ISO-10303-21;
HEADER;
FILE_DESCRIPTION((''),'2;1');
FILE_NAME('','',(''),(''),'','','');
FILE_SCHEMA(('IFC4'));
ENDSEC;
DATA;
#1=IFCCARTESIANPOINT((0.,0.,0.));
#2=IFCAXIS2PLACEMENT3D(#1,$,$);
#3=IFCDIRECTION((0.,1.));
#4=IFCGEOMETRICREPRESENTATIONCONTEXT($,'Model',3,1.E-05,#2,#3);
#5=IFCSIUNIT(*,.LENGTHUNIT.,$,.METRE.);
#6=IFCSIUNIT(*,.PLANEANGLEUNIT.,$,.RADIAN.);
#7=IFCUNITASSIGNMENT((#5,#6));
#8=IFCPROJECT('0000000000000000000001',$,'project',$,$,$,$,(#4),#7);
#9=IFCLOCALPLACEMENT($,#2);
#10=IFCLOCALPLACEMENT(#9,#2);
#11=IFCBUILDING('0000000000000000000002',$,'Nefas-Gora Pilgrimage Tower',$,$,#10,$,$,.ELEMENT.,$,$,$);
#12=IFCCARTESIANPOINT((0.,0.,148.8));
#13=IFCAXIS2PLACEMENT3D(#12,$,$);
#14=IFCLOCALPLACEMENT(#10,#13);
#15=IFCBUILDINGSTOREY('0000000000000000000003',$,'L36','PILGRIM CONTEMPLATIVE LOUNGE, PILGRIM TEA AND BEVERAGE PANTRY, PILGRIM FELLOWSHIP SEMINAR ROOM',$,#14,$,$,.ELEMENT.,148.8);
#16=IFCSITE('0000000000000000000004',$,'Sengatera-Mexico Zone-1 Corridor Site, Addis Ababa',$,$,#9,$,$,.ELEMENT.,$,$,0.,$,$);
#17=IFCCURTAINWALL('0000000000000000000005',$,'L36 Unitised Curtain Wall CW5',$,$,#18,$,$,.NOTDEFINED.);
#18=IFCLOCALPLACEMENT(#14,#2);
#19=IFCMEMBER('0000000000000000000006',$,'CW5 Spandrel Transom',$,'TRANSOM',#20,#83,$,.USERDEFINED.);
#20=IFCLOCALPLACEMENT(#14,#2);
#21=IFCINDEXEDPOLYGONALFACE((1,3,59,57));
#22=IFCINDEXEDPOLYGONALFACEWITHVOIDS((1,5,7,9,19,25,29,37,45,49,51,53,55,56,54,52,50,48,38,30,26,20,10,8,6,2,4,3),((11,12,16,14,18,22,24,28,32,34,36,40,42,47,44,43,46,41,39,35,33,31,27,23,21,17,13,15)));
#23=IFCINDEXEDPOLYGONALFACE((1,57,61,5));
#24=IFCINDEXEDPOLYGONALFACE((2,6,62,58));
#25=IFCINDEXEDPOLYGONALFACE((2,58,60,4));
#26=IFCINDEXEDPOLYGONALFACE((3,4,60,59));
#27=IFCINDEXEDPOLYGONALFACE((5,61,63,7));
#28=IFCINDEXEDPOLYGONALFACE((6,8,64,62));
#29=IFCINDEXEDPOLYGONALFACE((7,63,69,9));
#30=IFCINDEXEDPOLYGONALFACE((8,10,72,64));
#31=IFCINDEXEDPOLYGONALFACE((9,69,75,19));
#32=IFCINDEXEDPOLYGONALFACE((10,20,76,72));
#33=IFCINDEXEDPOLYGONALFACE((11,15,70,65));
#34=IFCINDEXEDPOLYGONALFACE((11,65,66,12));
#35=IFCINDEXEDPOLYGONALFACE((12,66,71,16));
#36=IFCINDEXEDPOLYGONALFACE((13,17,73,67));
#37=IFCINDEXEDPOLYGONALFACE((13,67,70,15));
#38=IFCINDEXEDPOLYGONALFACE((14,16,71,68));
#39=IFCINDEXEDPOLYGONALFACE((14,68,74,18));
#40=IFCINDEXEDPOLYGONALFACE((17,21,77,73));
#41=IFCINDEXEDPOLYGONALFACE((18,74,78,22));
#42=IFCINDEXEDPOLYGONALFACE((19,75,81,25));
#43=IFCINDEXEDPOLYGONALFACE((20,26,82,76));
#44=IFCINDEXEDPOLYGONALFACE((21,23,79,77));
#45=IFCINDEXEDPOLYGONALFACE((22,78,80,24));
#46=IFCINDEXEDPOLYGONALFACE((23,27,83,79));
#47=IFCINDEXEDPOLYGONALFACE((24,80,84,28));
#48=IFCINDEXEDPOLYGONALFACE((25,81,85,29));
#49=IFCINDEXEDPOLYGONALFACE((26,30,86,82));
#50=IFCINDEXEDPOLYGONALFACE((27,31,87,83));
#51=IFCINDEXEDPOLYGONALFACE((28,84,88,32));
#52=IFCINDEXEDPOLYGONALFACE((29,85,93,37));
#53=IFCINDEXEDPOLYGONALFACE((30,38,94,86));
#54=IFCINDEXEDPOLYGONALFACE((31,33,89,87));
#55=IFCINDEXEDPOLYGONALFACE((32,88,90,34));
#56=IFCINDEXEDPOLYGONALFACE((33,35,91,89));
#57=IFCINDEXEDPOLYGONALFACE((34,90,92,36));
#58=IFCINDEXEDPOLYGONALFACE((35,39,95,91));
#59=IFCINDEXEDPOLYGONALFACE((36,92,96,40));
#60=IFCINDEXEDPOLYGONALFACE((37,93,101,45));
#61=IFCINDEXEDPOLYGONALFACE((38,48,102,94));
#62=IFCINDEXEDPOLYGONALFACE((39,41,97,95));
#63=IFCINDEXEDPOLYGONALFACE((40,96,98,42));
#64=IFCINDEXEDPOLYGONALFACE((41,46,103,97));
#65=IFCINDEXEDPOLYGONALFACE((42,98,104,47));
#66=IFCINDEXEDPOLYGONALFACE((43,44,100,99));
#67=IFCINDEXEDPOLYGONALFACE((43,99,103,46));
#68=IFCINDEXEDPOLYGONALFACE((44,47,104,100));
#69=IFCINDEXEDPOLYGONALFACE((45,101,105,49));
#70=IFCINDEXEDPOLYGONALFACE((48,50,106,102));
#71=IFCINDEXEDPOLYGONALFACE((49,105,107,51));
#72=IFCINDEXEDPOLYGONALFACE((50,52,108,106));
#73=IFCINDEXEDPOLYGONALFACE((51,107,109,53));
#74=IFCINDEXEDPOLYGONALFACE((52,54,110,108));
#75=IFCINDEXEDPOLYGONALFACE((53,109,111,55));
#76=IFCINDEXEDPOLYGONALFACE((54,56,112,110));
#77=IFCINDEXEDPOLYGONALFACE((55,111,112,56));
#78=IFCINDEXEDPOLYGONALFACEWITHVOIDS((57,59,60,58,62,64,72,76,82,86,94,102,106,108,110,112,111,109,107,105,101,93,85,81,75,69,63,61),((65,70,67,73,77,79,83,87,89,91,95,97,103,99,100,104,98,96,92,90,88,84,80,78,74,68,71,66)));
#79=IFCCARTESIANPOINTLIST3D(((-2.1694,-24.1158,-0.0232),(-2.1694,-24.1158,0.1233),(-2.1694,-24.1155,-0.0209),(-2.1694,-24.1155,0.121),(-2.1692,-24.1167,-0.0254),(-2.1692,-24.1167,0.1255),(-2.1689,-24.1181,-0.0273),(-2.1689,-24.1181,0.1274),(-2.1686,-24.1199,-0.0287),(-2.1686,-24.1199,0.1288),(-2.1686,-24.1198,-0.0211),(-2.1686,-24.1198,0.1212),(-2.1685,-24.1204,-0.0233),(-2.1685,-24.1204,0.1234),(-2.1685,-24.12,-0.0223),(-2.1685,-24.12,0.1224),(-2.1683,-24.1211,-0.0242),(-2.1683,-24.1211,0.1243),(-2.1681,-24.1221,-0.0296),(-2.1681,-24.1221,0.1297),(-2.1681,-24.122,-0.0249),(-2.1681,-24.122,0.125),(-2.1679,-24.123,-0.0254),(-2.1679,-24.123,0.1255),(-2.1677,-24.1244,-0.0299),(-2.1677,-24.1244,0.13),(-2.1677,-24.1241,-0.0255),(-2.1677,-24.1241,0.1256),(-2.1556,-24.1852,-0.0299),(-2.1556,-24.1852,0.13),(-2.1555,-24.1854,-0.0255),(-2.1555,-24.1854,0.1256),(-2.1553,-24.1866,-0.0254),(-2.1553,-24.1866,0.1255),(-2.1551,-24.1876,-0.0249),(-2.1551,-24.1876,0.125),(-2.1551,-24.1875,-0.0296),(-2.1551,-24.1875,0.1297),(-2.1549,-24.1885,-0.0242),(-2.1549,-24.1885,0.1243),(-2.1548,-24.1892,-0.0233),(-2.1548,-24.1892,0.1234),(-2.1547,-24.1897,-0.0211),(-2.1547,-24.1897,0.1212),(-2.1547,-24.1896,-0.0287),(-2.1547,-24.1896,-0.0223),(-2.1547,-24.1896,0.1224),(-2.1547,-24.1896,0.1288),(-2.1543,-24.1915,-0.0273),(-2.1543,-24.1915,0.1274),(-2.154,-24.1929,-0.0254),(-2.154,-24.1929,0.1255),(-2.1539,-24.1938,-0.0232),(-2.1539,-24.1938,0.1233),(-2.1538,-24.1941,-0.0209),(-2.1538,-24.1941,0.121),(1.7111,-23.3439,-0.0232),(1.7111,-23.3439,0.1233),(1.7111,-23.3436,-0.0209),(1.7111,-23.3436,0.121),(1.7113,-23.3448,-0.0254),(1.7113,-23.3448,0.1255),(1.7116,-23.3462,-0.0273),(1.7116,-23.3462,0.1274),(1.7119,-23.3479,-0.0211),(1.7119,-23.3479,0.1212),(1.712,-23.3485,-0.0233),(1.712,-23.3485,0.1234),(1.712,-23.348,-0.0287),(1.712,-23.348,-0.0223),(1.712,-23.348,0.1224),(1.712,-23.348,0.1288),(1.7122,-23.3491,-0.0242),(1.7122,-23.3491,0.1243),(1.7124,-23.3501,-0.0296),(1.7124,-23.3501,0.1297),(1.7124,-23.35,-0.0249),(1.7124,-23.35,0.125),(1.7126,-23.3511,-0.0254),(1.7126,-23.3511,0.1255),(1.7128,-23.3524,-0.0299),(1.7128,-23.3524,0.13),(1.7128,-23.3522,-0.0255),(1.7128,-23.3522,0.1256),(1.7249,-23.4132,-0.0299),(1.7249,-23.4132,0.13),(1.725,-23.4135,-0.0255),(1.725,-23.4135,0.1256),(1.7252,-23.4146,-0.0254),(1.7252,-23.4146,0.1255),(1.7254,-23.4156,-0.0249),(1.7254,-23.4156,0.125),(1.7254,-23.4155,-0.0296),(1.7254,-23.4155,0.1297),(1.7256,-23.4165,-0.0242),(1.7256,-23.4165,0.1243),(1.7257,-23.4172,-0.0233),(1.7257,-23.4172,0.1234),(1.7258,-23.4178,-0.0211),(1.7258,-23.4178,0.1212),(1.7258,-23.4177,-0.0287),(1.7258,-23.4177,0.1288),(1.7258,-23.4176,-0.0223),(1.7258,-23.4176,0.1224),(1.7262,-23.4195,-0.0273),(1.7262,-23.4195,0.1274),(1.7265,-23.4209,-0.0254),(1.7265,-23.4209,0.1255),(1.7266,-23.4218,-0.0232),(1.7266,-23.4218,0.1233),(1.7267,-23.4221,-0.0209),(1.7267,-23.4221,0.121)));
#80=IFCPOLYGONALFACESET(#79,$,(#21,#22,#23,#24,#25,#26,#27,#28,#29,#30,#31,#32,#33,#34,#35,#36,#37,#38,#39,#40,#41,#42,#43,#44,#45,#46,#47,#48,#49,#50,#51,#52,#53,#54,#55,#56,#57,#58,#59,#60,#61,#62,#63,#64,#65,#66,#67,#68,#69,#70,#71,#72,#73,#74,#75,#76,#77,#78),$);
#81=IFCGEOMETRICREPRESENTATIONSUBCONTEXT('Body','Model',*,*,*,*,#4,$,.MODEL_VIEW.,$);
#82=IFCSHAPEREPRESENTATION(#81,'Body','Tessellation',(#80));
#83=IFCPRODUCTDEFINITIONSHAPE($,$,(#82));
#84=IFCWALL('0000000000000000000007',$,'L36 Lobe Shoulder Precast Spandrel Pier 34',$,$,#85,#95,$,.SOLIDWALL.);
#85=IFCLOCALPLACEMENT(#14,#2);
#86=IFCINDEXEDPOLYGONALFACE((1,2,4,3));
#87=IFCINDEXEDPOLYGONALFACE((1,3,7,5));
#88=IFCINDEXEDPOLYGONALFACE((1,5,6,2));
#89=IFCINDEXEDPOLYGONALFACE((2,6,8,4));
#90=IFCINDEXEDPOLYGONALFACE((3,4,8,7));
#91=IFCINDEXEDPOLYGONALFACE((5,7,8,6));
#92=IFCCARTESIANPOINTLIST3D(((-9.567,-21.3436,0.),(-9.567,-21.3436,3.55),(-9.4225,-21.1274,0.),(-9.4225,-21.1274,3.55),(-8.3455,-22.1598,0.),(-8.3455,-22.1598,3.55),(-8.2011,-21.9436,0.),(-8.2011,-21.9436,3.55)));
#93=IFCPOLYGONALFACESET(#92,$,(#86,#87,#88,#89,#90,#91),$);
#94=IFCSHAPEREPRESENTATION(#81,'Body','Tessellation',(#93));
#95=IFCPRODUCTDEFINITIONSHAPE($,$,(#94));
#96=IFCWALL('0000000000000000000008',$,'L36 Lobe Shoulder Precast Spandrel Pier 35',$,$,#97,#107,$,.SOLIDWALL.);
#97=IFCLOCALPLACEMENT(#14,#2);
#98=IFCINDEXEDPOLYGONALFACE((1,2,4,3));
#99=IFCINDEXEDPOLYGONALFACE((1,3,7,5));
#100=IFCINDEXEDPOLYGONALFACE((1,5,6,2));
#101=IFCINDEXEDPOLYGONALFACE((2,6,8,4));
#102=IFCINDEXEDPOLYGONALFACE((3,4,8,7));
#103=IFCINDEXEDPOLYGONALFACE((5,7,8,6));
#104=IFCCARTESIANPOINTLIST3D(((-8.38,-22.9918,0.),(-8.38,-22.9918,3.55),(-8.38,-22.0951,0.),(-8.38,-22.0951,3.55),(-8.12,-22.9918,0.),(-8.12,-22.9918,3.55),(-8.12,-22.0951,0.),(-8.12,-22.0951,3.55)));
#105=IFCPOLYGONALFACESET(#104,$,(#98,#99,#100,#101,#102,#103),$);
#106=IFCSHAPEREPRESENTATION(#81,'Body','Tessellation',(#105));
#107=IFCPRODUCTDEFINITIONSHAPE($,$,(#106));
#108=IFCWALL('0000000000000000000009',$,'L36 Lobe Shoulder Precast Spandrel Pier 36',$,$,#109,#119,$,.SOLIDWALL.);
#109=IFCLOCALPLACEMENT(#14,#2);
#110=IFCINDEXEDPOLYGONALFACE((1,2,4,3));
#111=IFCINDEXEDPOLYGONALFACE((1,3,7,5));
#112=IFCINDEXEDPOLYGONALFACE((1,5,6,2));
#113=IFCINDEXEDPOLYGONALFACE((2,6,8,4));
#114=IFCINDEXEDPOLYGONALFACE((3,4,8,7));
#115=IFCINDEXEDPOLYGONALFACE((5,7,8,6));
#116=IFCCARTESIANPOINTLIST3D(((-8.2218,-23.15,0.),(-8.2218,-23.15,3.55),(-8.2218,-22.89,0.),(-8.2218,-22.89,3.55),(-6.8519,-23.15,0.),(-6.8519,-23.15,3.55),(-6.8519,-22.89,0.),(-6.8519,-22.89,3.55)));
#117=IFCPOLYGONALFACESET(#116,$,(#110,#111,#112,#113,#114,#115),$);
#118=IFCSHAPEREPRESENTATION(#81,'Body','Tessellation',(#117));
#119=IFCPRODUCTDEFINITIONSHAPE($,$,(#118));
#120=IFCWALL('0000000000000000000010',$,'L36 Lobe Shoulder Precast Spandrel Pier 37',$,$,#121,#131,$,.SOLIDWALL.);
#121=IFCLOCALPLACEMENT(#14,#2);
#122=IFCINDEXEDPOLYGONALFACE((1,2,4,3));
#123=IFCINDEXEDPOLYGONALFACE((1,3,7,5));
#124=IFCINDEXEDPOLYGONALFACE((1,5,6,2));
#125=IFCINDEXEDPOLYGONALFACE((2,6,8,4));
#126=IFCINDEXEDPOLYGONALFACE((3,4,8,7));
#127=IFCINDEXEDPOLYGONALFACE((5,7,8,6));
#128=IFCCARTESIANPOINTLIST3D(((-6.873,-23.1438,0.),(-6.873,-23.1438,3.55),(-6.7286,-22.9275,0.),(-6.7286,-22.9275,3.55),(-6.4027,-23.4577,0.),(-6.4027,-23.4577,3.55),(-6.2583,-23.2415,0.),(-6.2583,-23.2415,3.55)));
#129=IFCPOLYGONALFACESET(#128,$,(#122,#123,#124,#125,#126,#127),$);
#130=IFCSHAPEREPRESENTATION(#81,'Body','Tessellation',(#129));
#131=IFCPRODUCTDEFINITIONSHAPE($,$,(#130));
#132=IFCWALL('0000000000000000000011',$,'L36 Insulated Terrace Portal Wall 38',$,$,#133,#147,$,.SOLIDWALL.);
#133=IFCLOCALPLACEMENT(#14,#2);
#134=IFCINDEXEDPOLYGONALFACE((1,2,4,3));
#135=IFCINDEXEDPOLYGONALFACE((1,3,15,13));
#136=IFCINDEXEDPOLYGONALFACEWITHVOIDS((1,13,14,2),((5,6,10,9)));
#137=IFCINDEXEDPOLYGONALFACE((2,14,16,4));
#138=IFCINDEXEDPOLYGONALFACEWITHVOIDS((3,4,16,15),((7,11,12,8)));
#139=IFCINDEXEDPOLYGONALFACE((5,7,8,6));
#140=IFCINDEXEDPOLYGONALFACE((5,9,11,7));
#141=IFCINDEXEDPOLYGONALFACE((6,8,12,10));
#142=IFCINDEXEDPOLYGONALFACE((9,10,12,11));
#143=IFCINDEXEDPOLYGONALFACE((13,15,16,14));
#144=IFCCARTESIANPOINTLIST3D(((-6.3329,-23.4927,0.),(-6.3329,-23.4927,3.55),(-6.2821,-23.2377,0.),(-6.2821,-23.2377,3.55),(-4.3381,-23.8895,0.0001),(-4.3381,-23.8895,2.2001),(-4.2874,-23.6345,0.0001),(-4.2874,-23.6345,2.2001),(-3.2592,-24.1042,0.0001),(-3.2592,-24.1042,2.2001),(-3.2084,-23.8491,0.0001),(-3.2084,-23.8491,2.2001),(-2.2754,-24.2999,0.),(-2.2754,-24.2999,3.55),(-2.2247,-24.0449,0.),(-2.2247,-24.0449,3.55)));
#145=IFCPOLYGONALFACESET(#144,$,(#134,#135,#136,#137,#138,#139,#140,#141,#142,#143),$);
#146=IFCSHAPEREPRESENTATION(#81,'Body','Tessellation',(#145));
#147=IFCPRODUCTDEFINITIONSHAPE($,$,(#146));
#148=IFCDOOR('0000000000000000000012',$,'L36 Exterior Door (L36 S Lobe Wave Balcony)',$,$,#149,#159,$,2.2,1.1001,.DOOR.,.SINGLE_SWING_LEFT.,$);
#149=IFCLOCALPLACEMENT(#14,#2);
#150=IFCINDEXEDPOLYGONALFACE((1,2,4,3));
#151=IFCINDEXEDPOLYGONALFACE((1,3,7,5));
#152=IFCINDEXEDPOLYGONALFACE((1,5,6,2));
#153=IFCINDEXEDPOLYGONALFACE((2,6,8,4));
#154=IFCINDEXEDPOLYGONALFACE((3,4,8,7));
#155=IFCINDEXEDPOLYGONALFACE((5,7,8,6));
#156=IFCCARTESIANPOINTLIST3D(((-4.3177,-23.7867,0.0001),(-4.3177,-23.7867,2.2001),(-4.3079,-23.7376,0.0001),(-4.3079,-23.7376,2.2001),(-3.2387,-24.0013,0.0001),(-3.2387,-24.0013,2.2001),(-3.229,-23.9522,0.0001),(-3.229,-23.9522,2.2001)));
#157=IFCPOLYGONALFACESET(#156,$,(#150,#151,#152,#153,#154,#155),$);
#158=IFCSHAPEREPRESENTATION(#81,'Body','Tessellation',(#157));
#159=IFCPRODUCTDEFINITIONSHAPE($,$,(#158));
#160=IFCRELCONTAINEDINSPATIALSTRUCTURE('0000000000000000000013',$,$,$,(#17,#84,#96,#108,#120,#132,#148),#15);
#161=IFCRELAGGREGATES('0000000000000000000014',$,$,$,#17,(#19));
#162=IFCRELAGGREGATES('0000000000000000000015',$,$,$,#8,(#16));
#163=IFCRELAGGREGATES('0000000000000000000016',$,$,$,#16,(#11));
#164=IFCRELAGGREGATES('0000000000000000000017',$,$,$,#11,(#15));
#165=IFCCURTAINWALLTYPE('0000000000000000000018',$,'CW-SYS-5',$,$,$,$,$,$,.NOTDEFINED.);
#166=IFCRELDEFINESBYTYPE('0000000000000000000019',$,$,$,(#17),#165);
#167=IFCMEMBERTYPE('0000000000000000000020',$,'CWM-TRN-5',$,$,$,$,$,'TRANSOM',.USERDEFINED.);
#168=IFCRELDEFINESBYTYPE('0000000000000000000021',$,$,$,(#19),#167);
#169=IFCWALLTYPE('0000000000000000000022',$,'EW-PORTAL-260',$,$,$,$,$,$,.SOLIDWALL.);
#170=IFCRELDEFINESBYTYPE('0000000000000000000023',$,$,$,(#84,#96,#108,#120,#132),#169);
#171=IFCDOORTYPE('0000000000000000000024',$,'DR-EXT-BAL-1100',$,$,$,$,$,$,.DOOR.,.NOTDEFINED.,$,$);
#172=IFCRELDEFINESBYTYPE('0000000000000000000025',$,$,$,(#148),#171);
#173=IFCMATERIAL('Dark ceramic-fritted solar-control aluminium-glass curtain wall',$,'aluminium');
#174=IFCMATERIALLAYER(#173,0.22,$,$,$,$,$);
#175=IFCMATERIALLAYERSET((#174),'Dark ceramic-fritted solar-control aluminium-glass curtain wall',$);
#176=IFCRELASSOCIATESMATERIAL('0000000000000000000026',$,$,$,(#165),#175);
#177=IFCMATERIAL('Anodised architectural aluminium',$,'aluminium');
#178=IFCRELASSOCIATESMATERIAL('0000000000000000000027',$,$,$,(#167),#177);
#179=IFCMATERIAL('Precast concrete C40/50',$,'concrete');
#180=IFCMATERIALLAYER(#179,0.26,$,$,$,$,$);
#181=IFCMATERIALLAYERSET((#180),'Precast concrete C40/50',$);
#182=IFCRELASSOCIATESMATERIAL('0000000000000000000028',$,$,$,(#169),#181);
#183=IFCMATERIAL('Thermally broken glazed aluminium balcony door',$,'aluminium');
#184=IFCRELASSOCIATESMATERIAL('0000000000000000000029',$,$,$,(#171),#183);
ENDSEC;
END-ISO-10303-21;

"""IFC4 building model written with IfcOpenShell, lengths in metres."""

from ifc_helpers import new_model, si_unit, direction, frame, frame_2d, origin, origin_2d, place, context, subcontext, project, spatial, rectangle, hollow_rectangle, extrude, source, transform, mapped, material, layer, layer_set, material_profile, profile_set, type_object, element, fill, aggregate, save


model = new_model("IFC4")

# Units and contexts
model_context = context("Model", 3, precision=1e-05, world=origin(), true_north=direction((0.0, 1.0)))
body_context = subcontext(model_context, "Body", "Model", "MODEL_VIEW")
ifc_project = project(units=[si_unit("LENGTHUNIT", "METRE"), si_unit("PLANEANGLEUNIT", "RADIAN")], contexts=[model_context])

# Site, building, storey
site_placement = place(None, origin())
site = spatial("IfcSite", under=ifc_project, at=site_placement, Name="Sengatera-Mexico Zone-1 Corridor Site, Addis Ababa", CompositionType="ELEMENT", RefElevation=0.0)
building_placement = place(site_placement, origin())
building = spatial("IfcBuilding", under=site, at=building_placement, Name="Nefas-Gora Pilgrimage Tower", CompositionType="ELEMENT")
storey_placement = place(building_placement, frame((0.0, 0.0, 148.8)))
storey = spatial("IfcBuildingStorey", under=building, at=storey_placement, Name="L36", Description="PILGRIM CONTEMPLATIVE LOUNGE, PILGRIM TEA AND BEVERAGE PANTRY, PILGRIM FELLOWSHIP SEMINAR ROOM", CompositionType="ELEMENT", Elevation=148.8)

# Shared definitions
ifc_material_1 = material(Name="Dark ceramic-fritted solar-control aluminium-glass curtain wall", Category="aluminium")
ifc_layer_1 = layer(ifc_material_1, 0.22)
ifc_layer_set_1 = layer_set([ifc_layer_1], Name="Dark ceramic-fritted solar-control aluminium-glass curtain wall")
curtain_wall_type = type_object("IfcCurtainWallType", Name="CW-SYS-5", PredefinedType="NOTDEFINED", material=ifc_layer_set_1)
ifc_material_2 = material(Name="Anodised architectural aluminium", Category="aluminium")

# Curtain wall, member
curtain_wall_1_placement = place(storey_placement, origin())
curtain_wall_1 = element("IfcCurtainWall", 1, at=curtain_wall_1_placement, inside=storey, type_object=curtain_wall_type, Name="L36 Unitised Curtain Wall CW5", PredefinedType="NOTDEFINED")
ifc_material_profile_1 = material_profile(ifc_material_2, hollow_rectangle(XDim=0.0801, YDim=0.1599, WallThickness=0.0044, InnerFilletRadius=0.0044, OuterFilletRadius=0.009, at=origin_2d()), Name="ALU TRANSOM 80x160")
ifc_profile_set_1 = profile_set([ifc_material_profile_1], Name="Anodised architectural aluminium")
member_type_1 = type_object("IfcMemberType", Name="CWM-TRN-5", ElementType="TRANSOM", PredefinedType="USERDEFINED", material=ifc_profile_set_1)
shared_shape_1 = source(origin(), body_context, "Body", "SweptSolid", [
    extrude(hollow_rectangle(XDim=0.0801, YDim=0.1599, WallThickness=0.0044, InnerFilletRadius=0.0044, OuterFilletRadius=0.009, at=origin_2d()), origin(), (0.0, 0.0, 1.0), 3.9565),
])
member_1_placement = place(storey_placement, frame((-2.1616, -24.1548, 0.05), z_axis=(0.980782, 0.195107, 0.0), x_axis=(-0.195107, 0.980782, 0.0)))
member_1 = element("IfcMember", 2, at=member_1_placement, type_object=member_type_1, Name="CW5 Spandrel Transom", ObjectType="TRANSOM", PredefinedType="USERDEFINED", context=body_context, shape_type="MappedRepresentation", body=[
    mapped(shared_shape_1, transform((0.0, 0.0, 0.0), x_axis=(1.0, 0.0, 0.0), y_axis=(0.0, 1.0, 0.0), z_axis=(0.0, 0.0, 1.0), scale=1.0)),
])
aggregate(curtain_wall_1, [member_1])

# Walls
ifc_material_3 = material(Name="Precast concrete C40/50", Category="concrete")
ifc_layer_2 = layer(ifc_material_3, 0.26)
ifc_layer_set_2 = layer_set([ifc_layer_2], Name="Precast concrete C40/50")
wall_type_1 = type_object("IfcWallType", Name="EW-PORTAL-260", PredefinedType="SOLIDWALL", material=ifc_layer_set_2)
shared_shape_2 = source(origin(), body_context, "Body", "SweptSolid", [
    extrude(rectangle(XDim=1.469, YDim=0.26, at=frame_2d((0.7344, 0.0))), origin(), (0.0, 0.0, 1.0), 3.55),
])
wall_1_placement = place(storey_placement, frame((-9.4946, -21.2356, 0.0), z_axis=(0.0, 0.0, 1.0), x_axis=(0.831462, -0.555582, 0.0)))
element("IfcWall", 3, at=wall_1_placement, inside=storey, type_object=wall_type_1, Name="L36 Lobe Shoulder Precast Spandrel Pier 34", PredefinedType="SOLIDWALL", context=body_context, shape_type="MappedRepresentation", body=[
    mapped(shared_shape_2, transform((0.0, 0.0, 0.0), x_axis=(1.0, 0.0, 0.0), y_axis=(0.0, 1.0, 0.0), z_axis=(0.0, 0.0, 1.0), scale=1.0)),
])
shared_shape_3 = source(origin(), body_context, "Body", "SweptSolid", [
    extrude(rectangle(XDim=0.8967, YDim=0.26, at=frame_2d((0.4482, 0.0))), origin(), (0.0, 0.0, 1.0), 3.55),
])
wall_2_placement = place(storey_placement, frame((-8.25, -22.0952, 0.0), z_axis=(0.0, 0.0, 1.0), x_axis=(0.0, -1.0, 0.0)))
element("IfcWall", 4, at=wall_2_placement, inside=storey, type_object=wall_type_1, Name="L36 Lobe Shoulder Precast Spandrel Pier 35", PredefinedType="SOLIDWALL", context=body_context, shape_type="MappedRepresentation", body=[
    mapped(shared_shape_3, transform((0.0, 0.0, 0.0), x_axis=(1.0, 0.0, 0.0), y_axis=(0.0, 1.0, 0.0), z_axis=(0.0, 0.0, 1.0), scale=1.0)),
])
shared_shape_4 = source(origin(), body_context, "Body", "SweptSolid", [
    extrude(rectangle(XDim=1.3699, YDim=0.26, at=frame_2d((0.6851, 0.0))), origin(), (0.0, 0.0, 1.0), 3.55),
])
wall_3_placement = place(storey_placement, frame((-8.2219, -23.02, 0.0), z_axis=(0.0, 0.0, 1.0), x_axis=(1.0, 0.0, 0.0)))
element("IfcWall", 5, at=wall_3_placement, inside=storey, type_object=wall_type_1, Name="L36 Lobe Shoulder Precast Spandrel Pier 36", PredefinedType="SOLIDWALL", context=body_context, shape_type="MappedRepresentation", body=[
    mapped(shared_shape_4, transform((0.0, 0.0, 0.0), x_axis=(1.0, 0.0, 0.0), y_axis=(0.0, 1.0, 0.0), z_axis=(0.0, 0.0, 1.0), scale=1.0)),
])
shared_shape_5 = source(origin(), body_context, "Body", "SweptSolid", [
    extrude(rectangle(XDim=0.5654, YDim=0.26, at=frame_2d((0.2827, 0.0))), origin(), (0.0, 0.0, 1.0), 3.55),
])
wall_4_placement = place(storey_placement, frame((-6.8008, -23.0356, 0.0), z_axis=(0.0, 0.0, 1.0), x_axis=(0.831651, -0.555298, 0.0)))
element("IfcWall", 6, at=wall_4_placement, inside=storey, type_object=wall_type_1, Name="L36 Lobe Shoulder Precast Spandrel Pier 37", PredefinedType="SOLIDWALL", context=body_context, shape_type="MappedRepresentation", body=[
    mapped(shared_shape_5, transform((0.0, 0.0, 0.0), x_axis=(1.0, 0.0, 0.0), y_axis=(0.0, 1.0, 0.0), z_axis=(0.0, 0.0, 1.0), scale=1.0)),
])

# Wall, opening, door
shared_shape_6 = source(origin(), body_context, "Body", "SweptSolid", [
    extrude(rectangle(XDim=4.137, YDim=0.26, at=frame_2d((2.0684, 0.0))), origin(), (0.0, 0.0, 1.0), 3.55),
])
wall_5_placement = place(storey_placement, frame((-6.3074, -23.3652, 0.0), z_axis=(0.0, 0.0, 1.0), x_axis=(0.980782, -0.195106, 0.0)))
wall_5 = element("IfcWall", 7, at=wall_5_placement, inside=storey, type_object=wall_type_1, Name="L36 Insulated Terrace Portal Wall 38", PredefinedType="SOLIDWALL", context=body_context, shape_type="MappedRepresentation", body=[
    mapped(shared_shape_6, transform((0.0, 0.0, 0.0), x_axis=(1.0, 0.0, 0.0), y_axis=(0.0, 1.0, 0.0), z_axis=(0.0, 0.0, 1.0), scale=1.0)),
])
opening_1_placement = place(wall_5_placement, frame((2.0337, 0.0, 0.0)))
opening_1 = element("IfcOpeningElement", 8, at=opening_1_placement, cuts=wall_5, PredefinedType="OPENING", context=body_context, shape_type="SweptSolid", body=[
    extrude(rectangle(XDim=1.1001, YDim=2.2, at=frame_2d((0.55, 1.1001))), frame((0.0, 0.1399, 0.0), z_axis=(0.0, -1.0, 0.0), x_axis=(1.0, 0.0, 0.0)), (0.0, 0.0, 1.0), 0.28),
])
ifc_material_4 = material(Name="Thermally broken glazed aluminium balcony door", Category="aluminium")
door_type_1 = type_object("IfcDoorType", Name="DR-EXT-BAL-1100", OperationType="NOTDEFINED", PredefinedType="DOOR", material=ifc_material_4)
shared_shape_7 = source(origin(), body_context, "Body", "SweptSolid", [
    extrude(rectangle(XDim=1.1001, YDim=2.2, at=frame_2d((0.55, 1.1001))), frame((0.0, 0.0249, 0.0), z_axis=(0.0, -1.0, 0.0), x_axis=(1.0, 0.0, 0.0)), (0.0, 0.0, 1.0), 0.05),
])
door_1_placement = place(opening_1_placement, origin())
door_1 = element("IfcDoor", 9, at=door_1_placement, inside=storey, type_object=door_type_1, Name="L36 Exterior Door (L36 S Lobe Wave Balcony)", OperationType="SINGLE_SWING_LEFT", OverallHeight=2.2, OverallWidth=1.1001, PredefinedType="DOOR", context=body_context, shape_type="MappedRepresentation", body=[
    mapped(shared_shape_7, transform((0.0, 0.0, 0.0), x_axis=(1.0, 0.0, 0.0), y_axis=(0.0, 1.0, 0.0), z_axis=(0.0, 0.0, 1.0), scale=1.0)),
])
fill(opening_1, door_1)

save(model, "model.ifc")
